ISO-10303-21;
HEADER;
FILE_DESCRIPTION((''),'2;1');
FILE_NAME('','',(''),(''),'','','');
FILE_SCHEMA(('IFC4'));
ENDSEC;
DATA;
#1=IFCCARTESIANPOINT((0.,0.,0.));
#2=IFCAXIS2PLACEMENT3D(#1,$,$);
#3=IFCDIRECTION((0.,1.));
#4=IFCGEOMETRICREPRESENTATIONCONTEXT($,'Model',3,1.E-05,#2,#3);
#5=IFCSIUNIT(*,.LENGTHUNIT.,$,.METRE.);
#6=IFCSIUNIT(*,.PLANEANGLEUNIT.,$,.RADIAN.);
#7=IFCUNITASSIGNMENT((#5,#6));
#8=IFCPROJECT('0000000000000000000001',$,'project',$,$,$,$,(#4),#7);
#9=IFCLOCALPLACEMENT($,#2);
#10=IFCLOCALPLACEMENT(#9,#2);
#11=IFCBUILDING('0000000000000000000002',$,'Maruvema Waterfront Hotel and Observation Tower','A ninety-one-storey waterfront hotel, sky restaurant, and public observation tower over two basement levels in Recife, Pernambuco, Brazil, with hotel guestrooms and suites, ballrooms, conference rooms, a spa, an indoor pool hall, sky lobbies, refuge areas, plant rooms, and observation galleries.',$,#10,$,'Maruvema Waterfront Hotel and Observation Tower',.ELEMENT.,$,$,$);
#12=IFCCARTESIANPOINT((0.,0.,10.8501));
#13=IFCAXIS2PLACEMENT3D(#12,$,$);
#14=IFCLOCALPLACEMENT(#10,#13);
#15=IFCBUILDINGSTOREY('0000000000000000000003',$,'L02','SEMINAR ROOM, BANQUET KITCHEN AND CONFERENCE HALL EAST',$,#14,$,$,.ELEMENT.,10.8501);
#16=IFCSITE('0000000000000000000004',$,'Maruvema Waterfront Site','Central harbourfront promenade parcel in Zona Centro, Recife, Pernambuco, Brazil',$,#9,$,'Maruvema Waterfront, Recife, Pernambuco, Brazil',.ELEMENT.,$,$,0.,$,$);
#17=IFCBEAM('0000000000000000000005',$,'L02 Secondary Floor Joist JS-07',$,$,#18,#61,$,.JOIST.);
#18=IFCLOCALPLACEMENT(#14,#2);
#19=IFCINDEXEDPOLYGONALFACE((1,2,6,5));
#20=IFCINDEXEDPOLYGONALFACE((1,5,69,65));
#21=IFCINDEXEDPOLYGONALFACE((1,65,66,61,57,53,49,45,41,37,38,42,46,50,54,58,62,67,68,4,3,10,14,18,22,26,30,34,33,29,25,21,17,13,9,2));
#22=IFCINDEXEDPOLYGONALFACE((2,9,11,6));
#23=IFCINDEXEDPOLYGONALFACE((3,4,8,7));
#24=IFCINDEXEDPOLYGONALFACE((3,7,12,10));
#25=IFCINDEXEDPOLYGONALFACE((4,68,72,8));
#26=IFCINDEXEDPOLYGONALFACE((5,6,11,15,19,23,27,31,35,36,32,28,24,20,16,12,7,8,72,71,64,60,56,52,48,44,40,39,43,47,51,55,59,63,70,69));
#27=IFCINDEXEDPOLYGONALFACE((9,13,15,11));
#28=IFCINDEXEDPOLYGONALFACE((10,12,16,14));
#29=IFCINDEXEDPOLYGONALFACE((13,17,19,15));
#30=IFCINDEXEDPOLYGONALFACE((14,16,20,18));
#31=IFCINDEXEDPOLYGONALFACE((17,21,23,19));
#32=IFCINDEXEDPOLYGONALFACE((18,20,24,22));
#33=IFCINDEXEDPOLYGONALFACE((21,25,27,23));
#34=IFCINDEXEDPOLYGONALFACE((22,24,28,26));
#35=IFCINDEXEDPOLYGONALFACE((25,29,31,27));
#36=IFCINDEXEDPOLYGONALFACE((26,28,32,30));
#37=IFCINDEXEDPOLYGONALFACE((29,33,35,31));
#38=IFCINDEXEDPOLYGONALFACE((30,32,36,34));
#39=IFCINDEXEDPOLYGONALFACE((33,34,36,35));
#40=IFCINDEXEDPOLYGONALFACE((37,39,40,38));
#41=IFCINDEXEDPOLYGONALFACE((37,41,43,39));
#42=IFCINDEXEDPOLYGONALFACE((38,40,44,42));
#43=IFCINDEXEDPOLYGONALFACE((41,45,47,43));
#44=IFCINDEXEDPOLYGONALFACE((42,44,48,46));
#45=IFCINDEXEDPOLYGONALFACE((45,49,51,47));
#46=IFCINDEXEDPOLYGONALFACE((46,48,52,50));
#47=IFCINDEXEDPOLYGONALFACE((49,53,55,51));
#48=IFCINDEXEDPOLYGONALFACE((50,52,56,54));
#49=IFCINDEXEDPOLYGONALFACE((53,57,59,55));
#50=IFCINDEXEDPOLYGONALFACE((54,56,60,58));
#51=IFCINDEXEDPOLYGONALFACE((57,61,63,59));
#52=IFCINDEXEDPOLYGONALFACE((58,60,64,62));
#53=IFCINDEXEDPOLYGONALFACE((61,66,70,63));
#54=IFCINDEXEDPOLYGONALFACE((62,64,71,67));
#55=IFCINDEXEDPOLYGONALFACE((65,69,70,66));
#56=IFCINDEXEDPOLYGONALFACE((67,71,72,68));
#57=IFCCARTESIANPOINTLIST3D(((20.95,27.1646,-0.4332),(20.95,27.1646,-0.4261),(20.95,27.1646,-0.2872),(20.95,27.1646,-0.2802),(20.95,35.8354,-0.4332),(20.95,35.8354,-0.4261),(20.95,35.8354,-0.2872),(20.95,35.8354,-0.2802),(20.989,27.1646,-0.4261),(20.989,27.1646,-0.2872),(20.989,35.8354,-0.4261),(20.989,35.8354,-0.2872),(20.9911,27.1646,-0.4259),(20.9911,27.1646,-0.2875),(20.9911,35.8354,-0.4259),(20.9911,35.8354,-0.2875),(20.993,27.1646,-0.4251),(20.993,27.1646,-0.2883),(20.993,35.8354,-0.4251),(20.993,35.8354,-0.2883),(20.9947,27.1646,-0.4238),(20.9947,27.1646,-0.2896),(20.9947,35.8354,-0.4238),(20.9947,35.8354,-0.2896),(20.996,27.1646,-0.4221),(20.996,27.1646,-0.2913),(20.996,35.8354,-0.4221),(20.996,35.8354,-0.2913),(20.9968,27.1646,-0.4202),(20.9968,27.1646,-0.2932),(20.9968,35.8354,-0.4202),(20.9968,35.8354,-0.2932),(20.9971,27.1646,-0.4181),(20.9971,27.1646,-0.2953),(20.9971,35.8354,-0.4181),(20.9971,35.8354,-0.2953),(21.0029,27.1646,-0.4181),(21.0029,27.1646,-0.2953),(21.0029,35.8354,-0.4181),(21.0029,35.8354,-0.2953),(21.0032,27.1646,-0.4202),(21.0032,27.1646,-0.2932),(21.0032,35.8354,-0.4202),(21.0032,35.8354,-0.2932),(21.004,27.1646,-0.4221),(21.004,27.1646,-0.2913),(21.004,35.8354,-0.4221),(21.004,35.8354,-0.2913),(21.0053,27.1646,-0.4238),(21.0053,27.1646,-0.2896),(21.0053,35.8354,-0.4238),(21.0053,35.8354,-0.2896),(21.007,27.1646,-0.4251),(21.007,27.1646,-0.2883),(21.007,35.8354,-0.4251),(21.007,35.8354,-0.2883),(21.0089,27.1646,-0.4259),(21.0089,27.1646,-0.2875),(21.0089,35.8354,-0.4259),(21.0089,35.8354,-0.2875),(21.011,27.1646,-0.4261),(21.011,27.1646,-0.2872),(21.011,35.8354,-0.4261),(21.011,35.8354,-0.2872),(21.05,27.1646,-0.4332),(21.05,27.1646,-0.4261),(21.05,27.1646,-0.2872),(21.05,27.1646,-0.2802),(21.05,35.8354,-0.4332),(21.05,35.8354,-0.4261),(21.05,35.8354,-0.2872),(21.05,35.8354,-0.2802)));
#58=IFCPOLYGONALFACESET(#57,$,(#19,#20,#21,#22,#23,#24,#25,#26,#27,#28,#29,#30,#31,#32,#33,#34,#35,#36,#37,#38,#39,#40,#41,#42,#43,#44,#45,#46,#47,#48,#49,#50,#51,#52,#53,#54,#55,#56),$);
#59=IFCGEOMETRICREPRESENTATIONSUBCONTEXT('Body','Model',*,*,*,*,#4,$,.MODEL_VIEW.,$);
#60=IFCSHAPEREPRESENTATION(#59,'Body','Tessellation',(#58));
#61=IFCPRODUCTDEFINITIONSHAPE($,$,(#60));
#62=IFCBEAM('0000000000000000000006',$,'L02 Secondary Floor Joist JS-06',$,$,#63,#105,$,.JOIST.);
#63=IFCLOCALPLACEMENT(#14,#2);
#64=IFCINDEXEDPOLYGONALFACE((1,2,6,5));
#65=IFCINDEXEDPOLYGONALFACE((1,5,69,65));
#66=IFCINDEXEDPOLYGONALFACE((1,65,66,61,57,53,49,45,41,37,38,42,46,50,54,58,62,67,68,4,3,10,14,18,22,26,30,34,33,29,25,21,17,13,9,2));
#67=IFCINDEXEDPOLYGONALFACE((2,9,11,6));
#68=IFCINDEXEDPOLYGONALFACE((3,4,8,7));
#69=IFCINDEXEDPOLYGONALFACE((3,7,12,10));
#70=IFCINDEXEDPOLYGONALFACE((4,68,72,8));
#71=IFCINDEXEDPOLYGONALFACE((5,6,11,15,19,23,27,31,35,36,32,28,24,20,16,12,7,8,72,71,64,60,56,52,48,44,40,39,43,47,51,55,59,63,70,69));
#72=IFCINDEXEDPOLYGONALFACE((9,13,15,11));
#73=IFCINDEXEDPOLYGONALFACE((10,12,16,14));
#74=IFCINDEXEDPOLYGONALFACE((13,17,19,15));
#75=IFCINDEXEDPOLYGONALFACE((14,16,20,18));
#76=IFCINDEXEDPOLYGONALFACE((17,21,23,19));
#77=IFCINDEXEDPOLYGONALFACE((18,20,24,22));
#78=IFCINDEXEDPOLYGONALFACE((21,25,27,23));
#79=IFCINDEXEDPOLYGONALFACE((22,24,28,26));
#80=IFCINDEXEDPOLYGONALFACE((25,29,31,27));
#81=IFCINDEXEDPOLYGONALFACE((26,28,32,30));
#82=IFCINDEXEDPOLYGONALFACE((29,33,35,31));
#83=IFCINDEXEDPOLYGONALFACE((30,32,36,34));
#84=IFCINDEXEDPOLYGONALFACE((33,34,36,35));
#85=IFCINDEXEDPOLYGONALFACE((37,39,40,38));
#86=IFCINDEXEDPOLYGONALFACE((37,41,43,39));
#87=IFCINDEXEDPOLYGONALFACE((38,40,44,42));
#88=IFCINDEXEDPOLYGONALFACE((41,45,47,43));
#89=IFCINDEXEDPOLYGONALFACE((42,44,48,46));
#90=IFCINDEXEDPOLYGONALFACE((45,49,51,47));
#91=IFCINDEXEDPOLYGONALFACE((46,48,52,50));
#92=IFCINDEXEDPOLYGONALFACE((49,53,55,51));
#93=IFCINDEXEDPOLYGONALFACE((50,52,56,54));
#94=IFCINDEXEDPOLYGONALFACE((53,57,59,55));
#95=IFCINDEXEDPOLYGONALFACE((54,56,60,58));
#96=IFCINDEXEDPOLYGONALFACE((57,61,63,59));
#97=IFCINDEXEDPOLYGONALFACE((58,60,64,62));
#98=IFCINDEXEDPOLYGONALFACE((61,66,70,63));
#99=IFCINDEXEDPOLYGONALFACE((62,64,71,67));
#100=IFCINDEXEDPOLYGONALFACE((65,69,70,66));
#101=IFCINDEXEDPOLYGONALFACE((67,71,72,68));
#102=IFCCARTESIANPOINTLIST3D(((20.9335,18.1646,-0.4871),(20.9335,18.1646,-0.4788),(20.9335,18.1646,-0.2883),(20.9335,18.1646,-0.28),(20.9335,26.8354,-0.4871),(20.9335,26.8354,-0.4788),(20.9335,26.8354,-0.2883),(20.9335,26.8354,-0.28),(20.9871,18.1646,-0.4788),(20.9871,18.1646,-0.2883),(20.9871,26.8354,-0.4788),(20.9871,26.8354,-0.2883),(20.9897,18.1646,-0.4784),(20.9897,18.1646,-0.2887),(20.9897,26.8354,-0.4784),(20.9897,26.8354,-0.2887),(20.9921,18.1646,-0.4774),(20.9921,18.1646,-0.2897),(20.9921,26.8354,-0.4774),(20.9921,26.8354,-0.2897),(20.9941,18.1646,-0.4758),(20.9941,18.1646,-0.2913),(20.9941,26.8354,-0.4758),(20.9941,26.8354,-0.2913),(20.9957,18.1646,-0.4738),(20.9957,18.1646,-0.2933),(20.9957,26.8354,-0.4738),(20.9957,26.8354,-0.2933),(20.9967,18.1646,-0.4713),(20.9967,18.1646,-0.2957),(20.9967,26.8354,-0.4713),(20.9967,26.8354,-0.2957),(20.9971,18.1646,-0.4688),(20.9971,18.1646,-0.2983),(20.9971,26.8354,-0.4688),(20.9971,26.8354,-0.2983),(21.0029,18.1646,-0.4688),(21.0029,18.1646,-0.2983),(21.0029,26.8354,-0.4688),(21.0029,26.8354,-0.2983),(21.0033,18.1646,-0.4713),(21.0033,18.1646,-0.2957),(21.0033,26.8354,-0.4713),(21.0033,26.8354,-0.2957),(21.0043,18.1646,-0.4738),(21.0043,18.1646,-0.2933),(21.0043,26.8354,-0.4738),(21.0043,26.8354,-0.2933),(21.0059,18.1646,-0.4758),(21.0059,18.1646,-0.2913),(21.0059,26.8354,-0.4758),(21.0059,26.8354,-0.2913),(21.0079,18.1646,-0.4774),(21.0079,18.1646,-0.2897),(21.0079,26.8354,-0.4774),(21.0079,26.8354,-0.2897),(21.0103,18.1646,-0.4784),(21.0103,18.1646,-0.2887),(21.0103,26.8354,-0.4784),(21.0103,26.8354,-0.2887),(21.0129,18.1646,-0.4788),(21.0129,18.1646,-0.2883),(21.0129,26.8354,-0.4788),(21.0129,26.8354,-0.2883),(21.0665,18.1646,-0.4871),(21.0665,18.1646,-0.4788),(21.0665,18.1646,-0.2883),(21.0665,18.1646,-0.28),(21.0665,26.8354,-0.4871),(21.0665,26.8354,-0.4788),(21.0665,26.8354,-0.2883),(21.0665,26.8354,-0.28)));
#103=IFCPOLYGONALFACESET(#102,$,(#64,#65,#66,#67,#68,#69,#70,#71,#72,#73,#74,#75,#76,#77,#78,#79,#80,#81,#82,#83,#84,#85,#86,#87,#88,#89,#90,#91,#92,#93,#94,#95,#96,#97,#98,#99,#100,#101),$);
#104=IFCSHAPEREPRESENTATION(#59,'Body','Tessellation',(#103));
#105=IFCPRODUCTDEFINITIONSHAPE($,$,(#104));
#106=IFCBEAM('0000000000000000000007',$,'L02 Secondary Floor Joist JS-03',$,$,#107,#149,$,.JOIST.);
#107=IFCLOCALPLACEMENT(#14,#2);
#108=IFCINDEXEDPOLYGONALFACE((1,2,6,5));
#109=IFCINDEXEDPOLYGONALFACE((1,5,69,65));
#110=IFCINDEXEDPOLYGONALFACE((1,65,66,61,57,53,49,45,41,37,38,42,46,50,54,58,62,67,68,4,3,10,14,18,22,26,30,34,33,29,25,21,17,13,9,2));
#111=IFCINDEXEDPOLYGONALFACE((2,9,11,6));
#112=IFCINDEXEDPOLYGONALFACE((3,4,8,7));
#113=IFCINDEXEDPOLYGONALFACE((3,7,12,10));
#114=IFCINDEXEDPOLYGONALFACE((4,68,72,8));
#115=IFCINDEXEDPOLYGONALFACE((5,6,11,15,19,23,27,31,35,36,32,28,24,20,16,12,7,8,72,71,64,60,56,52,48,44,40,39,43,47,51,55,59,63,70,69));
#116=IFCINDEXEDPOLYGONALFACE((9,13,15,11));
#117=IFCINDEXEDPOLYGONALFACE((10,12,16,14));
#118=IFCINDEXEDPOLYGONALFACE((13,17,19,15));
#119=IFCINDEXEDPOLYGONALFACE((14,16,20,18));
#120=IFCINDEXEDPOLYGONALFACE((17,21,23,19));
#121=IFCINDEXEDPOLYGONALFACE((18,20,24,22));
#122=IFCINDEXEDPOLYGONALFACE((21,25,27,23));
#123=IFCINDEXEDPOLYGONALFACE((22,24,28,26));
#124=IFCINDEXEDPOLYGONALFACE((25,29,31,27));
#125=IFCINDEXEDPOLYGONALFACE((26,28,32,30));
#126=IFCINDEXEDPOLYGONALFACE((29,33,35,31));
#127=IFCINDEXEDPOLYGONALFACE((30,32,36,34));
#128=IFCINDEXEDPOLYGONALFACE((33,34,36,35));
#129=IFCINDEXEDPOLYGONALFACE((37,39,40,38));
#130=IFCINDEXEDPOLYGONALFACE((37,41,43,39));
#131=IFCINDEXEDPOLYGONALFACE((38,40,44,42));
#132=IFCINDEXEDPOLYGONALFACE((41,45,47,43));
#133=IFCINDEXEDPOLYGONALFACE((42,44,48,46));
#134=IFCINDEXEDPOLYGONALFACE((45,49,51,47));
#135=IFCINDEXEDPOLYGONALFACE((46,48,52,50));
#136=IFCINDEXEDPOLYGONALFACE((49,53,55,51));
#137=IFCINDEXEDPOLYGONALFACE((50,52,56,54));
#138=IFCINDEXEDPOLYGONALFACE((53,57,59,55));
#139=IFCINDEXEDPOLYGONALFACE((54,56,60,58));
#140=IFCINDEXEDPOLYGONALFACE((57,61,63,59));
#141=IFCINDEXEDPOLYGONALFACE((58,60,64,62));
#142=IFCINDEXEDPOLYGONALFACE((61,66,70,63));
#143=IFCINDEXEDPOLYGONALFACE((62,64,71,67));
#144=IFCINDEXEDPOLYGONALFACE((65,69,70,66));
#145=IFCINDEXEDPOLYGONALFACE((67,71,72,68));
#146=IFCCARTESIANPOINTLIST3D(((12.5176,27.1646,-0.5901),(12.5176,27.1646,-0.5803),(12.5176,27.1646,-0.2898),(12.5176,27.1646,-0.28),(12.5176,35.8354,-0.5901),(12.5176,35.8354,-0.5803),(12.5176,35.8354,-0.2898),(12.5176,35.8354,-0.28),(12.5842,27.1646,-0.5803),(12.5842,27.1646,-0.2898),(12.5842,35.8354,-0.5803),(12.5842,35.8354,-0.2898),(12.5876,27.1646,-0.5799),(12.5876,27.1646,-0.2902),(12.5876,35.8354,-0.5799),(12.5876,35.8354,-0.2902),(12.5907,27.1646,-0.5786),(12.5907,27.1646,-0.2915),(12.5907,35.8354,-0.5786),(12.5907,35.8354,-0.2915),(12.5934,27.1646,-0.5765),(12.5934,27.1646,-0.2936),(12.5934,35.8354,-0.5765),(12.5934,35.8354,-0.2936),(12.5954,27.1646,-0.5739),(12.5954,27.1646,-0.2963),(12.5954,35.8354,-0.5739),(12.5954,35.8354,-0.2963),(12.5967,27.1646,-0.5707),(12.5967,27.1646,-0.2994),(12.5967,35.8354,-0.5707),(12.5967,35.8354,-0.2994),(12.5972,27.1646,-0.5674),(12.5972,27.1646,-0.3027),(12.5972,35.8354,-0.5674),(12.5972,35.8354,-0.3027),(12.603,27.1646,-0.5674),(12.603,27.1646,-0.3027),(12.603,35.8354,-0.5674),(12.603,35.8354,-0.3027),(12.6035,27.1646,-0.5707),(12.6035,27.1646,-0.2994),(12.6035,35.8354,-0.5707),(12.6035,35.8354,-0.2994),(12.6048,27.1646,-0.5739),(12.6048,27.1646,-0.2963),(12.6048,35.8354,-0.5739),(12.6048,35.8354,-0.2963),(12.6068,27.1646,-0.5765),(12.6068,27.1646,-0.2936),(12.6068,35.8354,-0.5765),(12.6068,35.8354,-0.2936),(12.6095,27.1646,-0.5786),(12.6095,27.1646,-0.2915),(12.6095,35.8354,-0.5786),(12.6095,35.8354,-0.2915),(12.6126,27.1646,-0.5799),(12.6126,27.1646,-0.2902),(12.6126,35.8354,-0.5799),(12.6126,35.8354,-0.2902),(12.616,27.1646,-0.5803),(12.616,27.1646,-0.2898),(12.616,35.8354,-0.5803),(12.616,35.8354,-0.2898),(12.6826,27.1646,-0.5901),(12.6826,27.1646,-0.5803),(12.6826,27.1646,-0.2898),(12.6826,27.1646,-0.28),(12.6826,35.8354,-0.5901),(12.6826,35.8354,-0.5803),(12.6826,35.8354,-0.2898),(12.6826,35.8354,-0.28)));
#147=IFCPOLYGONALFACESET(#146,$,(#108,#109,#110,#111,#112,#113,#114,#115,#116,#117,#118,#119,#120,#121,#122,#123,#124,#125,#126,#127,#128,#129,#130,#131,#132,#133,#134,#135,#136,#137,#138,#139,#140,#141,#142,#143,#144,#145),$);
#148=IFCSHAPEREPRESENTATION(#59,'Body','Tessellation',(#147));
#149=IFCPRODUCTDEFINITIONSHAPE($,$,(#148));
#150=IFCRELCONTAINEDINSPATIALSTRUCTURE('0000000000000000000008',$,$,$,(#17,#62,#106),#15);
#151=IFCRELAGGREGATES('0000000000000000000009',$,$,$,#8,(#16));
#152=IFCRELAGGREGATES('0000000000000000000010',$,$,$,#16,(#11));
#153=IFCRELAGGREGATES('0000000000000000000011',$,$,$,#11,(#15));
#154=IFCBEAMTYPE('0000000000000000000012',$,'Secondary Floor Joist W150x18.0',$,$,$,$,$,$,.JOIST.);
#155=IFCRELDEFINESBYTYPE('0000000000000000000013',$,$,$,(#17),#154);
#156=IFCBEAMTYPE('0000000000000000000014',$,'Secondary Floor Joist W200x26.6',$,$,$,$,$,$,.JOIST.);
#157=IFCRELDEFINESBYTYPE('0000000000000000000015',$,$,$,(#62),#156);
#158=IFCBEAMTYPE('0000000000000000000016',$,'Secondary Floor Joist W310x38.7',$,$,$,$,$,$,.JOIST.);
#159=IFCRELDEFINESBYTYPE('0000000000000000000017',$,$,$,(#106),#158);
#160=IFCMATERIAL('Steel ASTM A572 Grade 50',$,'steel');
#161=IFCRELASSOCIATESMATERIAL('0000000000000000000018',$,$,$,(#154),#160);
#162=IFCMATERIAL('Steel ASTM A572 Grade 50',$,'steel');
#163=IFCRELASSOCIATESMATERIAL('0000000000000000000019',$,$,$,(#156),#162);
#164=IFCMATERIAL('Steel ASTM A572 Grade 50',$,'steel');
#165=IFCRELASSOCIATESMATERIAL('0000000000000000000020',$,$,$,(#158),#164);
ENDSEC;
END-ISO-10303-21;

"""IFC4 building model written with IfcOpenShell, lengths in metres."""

from ifc_helpers import new_model, si_unit, direction, frame, origin, origin_2d, place, context, subcontext, project, spatial, i_section, extrude, material, material_profile, profile_set, type_object, element, save


model = new_model("IFC4")

# Units and contexts
model_context = context("Model", 3, precision=1e-05, world=origin(), true_north=direction((0.0, 1.0)))
body_context = subcontext(model_context, "Body", "Model", "MODEL_VIEW")
ifc_project = project(units=[si_unit("LENGTHUNIT", "METRE"), si_unit("PLANEANGLEUNIT", "RADIAN")], contexts=[model_context])

# Site, building, storey
site_placement = place(None, origin())
site = spatial("IfcSite", under=ifc_project, at=site_placement, Name="Maruvema Waterfront Site", Description="Central harbourfront promenade parcel in Zona Centro, Recife, Pernambuco, Brazil", LongName="Maruvema Waterfront, Recife, Pernambuco, Brazil", CompositionType="ELEMENT", RefElevation=0.0)
building_placement = place(site_placement, origin())
building = spatial("IfcBuilding", under=site, at=building_placement, Name="Maruvema Waterfront Hotel and Observation Tower", Description="A ninety-one-storey waterfront hotel, sky restaurant, and public observation tower over two basement levels in Recife, Pernambuco, Brazil, with hotel guestrooms and suites, ballrooms, conference rooms, a spa, an indoor pool hall, sky lobbies, refuge areas, plant rooms, and observation galleries.", LongName="Maruvema Waterfront Hotel and Observation Tower", CompositionType="ELEMENT")
storey_placement = place(building_placement, frame((0.0, 0.0, 10.8501)))
storey = spatial("IfcBuildingStorey", under=building, at=storey_placement, Name="L02", Description="SEMINAR ROOM, BANQUET KITCHEN AND CONFERENCE HALL EAST", CompositionType="ELEMENT", Elevation=10.8501)

# Beams
ifc_material_1 = material(Name="Steel ASTM A572 Grade 50", Category="steel")
ifc_material_profile_1 = material_profile(ifc_material_1, i_section(OverallWidth=0.1001, OverallDepth=0.1531, WebThickness=0.0059, FlangeThickness=0.0071, FilletRadius=0.0081, at=origin_2d()), Name="W150x18.0")
ifc_profile_set_1 = profile_set([ifc_material_profile_1], Name="Steel ASTM A572 Grade 50")
beam_type_1 = type_object("IfcBeamType", Name="Secondary Floor Joist W150x18.0", PredefinedType="JOIST", material=ifc_profile_set_1)
beam_1_placement = place(storey_placement, frame((21.0, 27.1646, -0.3567), z_axis=(0.0, 1.0, 0.0), x_axis=(-1.0, 0.0, 0.0)))
element("IfcBeam", 1, at=beam_1_placement, inside=storey, type_object=beam_type_1, Name="L02 Secondary Floor Joist JS-07", PredefinedType="JOIST", context=body_context, shape_type="SweptSolid", body=[
    extrude(i_section(OverallWidth=0.1001, OverallDepth=0.1531, WebThickness=0.0059, FlangeThickness=0.0071, FilletRadius=0.0081, at=origin_2d()), origin(), (0.0, 0.0, 1.0), 8.6709),
])
ifc_material_2 = material(Name="Steel ASTM A572 Grade 50", Category="steel")
ifc_material_profile_2 = material_profile(ifc_material_2, i_section(OverallWidth=0.1331, OverallDepth=0.207, WebThickness=0.0059, FlangeThickness=0.0083, FilletRadius=0.01, at=origin_2d()), Name="W200x26.6")
ifc_profile_set_2 = profile_set([ifc_material_profile_2], Name="Steel ASTM A572 Grade 50")
beam_type_2 = type_object("IfcBeamType", Name="Secondary Floor Joist W200x26.6", PredefinedType="JOIST", material=ifc_profile_set_2)
beam_2_placement = place(storey_placement, frame((21.0, 18.1646, -0.3835), z_axis=(0.0, 1.0, 0.0), x_axis=(-1.0, 0.0, 0.0)))
element("IfcBeam", 2, at=beam_2_placement, inside=storey, type_object=beam_type_2, Name="L02 Secondary Floor Joist JS-06", PredefinedType="JOIST", context=body_context, shape_type="SweptSolid", body=[
    extrude(i_section(OverallWidth=0.1331, OverallDepth=0.207, WebThickness=0.0059, FlangeThickness=0.0083, FilletRadius=0.01, at=origin_2d()), origin(), (0.0, 0.0, 1.0), 8.6709),
])
ifc_material_3 = material(Name="Steel ASTM A572 Grade 50", Category="steel")
ifc_material_profile_3 = material_profile(ifc_material_3, i_section(OverallWidth=0.165, OverallDepth=0.3101, WebThickness=0.0059, FlangeThickness=0.0098, FilletRadius=0.0129, at=origin_2d()), Name="W310x38.7")
ifc_profile_set_3 = profile_set([ifc_material_profile_3], Name="Steel ASTM A572 Grade 50")
beam_type_3 = type_object("IfcBeamType", Name="Secondary Floor Joist W310x38.7", PredefinedType="JOIST", material=ifc_profile_set_3)
beam_3_placement = place(storey_placement, frame((12.6001, 27.1646, -0.4351), z_axis=(0.0, 1.0, 0.0), x_axis=(-1.0, 0.0, 0.0)))
element("IfcBeam", 3, at=beam_3_placement, inside=storey, type_object=beam_type_3, Name="L02 Secondary Floor Joist JS-03", PredefinedType="JOIST", context=body_context, shape_type="SweptSolid", body=[
    extrude(i_section(OverallWidth=0.165, OverallDepth=0.3101, WebThickness=0.0059, FlangeThickness=0.0098, FilletRadius=0.0129, at=origin_2d()), origin(), (0.0, 0.0, 1.0), 8.6709),
])

save(model, "model.ifc")
